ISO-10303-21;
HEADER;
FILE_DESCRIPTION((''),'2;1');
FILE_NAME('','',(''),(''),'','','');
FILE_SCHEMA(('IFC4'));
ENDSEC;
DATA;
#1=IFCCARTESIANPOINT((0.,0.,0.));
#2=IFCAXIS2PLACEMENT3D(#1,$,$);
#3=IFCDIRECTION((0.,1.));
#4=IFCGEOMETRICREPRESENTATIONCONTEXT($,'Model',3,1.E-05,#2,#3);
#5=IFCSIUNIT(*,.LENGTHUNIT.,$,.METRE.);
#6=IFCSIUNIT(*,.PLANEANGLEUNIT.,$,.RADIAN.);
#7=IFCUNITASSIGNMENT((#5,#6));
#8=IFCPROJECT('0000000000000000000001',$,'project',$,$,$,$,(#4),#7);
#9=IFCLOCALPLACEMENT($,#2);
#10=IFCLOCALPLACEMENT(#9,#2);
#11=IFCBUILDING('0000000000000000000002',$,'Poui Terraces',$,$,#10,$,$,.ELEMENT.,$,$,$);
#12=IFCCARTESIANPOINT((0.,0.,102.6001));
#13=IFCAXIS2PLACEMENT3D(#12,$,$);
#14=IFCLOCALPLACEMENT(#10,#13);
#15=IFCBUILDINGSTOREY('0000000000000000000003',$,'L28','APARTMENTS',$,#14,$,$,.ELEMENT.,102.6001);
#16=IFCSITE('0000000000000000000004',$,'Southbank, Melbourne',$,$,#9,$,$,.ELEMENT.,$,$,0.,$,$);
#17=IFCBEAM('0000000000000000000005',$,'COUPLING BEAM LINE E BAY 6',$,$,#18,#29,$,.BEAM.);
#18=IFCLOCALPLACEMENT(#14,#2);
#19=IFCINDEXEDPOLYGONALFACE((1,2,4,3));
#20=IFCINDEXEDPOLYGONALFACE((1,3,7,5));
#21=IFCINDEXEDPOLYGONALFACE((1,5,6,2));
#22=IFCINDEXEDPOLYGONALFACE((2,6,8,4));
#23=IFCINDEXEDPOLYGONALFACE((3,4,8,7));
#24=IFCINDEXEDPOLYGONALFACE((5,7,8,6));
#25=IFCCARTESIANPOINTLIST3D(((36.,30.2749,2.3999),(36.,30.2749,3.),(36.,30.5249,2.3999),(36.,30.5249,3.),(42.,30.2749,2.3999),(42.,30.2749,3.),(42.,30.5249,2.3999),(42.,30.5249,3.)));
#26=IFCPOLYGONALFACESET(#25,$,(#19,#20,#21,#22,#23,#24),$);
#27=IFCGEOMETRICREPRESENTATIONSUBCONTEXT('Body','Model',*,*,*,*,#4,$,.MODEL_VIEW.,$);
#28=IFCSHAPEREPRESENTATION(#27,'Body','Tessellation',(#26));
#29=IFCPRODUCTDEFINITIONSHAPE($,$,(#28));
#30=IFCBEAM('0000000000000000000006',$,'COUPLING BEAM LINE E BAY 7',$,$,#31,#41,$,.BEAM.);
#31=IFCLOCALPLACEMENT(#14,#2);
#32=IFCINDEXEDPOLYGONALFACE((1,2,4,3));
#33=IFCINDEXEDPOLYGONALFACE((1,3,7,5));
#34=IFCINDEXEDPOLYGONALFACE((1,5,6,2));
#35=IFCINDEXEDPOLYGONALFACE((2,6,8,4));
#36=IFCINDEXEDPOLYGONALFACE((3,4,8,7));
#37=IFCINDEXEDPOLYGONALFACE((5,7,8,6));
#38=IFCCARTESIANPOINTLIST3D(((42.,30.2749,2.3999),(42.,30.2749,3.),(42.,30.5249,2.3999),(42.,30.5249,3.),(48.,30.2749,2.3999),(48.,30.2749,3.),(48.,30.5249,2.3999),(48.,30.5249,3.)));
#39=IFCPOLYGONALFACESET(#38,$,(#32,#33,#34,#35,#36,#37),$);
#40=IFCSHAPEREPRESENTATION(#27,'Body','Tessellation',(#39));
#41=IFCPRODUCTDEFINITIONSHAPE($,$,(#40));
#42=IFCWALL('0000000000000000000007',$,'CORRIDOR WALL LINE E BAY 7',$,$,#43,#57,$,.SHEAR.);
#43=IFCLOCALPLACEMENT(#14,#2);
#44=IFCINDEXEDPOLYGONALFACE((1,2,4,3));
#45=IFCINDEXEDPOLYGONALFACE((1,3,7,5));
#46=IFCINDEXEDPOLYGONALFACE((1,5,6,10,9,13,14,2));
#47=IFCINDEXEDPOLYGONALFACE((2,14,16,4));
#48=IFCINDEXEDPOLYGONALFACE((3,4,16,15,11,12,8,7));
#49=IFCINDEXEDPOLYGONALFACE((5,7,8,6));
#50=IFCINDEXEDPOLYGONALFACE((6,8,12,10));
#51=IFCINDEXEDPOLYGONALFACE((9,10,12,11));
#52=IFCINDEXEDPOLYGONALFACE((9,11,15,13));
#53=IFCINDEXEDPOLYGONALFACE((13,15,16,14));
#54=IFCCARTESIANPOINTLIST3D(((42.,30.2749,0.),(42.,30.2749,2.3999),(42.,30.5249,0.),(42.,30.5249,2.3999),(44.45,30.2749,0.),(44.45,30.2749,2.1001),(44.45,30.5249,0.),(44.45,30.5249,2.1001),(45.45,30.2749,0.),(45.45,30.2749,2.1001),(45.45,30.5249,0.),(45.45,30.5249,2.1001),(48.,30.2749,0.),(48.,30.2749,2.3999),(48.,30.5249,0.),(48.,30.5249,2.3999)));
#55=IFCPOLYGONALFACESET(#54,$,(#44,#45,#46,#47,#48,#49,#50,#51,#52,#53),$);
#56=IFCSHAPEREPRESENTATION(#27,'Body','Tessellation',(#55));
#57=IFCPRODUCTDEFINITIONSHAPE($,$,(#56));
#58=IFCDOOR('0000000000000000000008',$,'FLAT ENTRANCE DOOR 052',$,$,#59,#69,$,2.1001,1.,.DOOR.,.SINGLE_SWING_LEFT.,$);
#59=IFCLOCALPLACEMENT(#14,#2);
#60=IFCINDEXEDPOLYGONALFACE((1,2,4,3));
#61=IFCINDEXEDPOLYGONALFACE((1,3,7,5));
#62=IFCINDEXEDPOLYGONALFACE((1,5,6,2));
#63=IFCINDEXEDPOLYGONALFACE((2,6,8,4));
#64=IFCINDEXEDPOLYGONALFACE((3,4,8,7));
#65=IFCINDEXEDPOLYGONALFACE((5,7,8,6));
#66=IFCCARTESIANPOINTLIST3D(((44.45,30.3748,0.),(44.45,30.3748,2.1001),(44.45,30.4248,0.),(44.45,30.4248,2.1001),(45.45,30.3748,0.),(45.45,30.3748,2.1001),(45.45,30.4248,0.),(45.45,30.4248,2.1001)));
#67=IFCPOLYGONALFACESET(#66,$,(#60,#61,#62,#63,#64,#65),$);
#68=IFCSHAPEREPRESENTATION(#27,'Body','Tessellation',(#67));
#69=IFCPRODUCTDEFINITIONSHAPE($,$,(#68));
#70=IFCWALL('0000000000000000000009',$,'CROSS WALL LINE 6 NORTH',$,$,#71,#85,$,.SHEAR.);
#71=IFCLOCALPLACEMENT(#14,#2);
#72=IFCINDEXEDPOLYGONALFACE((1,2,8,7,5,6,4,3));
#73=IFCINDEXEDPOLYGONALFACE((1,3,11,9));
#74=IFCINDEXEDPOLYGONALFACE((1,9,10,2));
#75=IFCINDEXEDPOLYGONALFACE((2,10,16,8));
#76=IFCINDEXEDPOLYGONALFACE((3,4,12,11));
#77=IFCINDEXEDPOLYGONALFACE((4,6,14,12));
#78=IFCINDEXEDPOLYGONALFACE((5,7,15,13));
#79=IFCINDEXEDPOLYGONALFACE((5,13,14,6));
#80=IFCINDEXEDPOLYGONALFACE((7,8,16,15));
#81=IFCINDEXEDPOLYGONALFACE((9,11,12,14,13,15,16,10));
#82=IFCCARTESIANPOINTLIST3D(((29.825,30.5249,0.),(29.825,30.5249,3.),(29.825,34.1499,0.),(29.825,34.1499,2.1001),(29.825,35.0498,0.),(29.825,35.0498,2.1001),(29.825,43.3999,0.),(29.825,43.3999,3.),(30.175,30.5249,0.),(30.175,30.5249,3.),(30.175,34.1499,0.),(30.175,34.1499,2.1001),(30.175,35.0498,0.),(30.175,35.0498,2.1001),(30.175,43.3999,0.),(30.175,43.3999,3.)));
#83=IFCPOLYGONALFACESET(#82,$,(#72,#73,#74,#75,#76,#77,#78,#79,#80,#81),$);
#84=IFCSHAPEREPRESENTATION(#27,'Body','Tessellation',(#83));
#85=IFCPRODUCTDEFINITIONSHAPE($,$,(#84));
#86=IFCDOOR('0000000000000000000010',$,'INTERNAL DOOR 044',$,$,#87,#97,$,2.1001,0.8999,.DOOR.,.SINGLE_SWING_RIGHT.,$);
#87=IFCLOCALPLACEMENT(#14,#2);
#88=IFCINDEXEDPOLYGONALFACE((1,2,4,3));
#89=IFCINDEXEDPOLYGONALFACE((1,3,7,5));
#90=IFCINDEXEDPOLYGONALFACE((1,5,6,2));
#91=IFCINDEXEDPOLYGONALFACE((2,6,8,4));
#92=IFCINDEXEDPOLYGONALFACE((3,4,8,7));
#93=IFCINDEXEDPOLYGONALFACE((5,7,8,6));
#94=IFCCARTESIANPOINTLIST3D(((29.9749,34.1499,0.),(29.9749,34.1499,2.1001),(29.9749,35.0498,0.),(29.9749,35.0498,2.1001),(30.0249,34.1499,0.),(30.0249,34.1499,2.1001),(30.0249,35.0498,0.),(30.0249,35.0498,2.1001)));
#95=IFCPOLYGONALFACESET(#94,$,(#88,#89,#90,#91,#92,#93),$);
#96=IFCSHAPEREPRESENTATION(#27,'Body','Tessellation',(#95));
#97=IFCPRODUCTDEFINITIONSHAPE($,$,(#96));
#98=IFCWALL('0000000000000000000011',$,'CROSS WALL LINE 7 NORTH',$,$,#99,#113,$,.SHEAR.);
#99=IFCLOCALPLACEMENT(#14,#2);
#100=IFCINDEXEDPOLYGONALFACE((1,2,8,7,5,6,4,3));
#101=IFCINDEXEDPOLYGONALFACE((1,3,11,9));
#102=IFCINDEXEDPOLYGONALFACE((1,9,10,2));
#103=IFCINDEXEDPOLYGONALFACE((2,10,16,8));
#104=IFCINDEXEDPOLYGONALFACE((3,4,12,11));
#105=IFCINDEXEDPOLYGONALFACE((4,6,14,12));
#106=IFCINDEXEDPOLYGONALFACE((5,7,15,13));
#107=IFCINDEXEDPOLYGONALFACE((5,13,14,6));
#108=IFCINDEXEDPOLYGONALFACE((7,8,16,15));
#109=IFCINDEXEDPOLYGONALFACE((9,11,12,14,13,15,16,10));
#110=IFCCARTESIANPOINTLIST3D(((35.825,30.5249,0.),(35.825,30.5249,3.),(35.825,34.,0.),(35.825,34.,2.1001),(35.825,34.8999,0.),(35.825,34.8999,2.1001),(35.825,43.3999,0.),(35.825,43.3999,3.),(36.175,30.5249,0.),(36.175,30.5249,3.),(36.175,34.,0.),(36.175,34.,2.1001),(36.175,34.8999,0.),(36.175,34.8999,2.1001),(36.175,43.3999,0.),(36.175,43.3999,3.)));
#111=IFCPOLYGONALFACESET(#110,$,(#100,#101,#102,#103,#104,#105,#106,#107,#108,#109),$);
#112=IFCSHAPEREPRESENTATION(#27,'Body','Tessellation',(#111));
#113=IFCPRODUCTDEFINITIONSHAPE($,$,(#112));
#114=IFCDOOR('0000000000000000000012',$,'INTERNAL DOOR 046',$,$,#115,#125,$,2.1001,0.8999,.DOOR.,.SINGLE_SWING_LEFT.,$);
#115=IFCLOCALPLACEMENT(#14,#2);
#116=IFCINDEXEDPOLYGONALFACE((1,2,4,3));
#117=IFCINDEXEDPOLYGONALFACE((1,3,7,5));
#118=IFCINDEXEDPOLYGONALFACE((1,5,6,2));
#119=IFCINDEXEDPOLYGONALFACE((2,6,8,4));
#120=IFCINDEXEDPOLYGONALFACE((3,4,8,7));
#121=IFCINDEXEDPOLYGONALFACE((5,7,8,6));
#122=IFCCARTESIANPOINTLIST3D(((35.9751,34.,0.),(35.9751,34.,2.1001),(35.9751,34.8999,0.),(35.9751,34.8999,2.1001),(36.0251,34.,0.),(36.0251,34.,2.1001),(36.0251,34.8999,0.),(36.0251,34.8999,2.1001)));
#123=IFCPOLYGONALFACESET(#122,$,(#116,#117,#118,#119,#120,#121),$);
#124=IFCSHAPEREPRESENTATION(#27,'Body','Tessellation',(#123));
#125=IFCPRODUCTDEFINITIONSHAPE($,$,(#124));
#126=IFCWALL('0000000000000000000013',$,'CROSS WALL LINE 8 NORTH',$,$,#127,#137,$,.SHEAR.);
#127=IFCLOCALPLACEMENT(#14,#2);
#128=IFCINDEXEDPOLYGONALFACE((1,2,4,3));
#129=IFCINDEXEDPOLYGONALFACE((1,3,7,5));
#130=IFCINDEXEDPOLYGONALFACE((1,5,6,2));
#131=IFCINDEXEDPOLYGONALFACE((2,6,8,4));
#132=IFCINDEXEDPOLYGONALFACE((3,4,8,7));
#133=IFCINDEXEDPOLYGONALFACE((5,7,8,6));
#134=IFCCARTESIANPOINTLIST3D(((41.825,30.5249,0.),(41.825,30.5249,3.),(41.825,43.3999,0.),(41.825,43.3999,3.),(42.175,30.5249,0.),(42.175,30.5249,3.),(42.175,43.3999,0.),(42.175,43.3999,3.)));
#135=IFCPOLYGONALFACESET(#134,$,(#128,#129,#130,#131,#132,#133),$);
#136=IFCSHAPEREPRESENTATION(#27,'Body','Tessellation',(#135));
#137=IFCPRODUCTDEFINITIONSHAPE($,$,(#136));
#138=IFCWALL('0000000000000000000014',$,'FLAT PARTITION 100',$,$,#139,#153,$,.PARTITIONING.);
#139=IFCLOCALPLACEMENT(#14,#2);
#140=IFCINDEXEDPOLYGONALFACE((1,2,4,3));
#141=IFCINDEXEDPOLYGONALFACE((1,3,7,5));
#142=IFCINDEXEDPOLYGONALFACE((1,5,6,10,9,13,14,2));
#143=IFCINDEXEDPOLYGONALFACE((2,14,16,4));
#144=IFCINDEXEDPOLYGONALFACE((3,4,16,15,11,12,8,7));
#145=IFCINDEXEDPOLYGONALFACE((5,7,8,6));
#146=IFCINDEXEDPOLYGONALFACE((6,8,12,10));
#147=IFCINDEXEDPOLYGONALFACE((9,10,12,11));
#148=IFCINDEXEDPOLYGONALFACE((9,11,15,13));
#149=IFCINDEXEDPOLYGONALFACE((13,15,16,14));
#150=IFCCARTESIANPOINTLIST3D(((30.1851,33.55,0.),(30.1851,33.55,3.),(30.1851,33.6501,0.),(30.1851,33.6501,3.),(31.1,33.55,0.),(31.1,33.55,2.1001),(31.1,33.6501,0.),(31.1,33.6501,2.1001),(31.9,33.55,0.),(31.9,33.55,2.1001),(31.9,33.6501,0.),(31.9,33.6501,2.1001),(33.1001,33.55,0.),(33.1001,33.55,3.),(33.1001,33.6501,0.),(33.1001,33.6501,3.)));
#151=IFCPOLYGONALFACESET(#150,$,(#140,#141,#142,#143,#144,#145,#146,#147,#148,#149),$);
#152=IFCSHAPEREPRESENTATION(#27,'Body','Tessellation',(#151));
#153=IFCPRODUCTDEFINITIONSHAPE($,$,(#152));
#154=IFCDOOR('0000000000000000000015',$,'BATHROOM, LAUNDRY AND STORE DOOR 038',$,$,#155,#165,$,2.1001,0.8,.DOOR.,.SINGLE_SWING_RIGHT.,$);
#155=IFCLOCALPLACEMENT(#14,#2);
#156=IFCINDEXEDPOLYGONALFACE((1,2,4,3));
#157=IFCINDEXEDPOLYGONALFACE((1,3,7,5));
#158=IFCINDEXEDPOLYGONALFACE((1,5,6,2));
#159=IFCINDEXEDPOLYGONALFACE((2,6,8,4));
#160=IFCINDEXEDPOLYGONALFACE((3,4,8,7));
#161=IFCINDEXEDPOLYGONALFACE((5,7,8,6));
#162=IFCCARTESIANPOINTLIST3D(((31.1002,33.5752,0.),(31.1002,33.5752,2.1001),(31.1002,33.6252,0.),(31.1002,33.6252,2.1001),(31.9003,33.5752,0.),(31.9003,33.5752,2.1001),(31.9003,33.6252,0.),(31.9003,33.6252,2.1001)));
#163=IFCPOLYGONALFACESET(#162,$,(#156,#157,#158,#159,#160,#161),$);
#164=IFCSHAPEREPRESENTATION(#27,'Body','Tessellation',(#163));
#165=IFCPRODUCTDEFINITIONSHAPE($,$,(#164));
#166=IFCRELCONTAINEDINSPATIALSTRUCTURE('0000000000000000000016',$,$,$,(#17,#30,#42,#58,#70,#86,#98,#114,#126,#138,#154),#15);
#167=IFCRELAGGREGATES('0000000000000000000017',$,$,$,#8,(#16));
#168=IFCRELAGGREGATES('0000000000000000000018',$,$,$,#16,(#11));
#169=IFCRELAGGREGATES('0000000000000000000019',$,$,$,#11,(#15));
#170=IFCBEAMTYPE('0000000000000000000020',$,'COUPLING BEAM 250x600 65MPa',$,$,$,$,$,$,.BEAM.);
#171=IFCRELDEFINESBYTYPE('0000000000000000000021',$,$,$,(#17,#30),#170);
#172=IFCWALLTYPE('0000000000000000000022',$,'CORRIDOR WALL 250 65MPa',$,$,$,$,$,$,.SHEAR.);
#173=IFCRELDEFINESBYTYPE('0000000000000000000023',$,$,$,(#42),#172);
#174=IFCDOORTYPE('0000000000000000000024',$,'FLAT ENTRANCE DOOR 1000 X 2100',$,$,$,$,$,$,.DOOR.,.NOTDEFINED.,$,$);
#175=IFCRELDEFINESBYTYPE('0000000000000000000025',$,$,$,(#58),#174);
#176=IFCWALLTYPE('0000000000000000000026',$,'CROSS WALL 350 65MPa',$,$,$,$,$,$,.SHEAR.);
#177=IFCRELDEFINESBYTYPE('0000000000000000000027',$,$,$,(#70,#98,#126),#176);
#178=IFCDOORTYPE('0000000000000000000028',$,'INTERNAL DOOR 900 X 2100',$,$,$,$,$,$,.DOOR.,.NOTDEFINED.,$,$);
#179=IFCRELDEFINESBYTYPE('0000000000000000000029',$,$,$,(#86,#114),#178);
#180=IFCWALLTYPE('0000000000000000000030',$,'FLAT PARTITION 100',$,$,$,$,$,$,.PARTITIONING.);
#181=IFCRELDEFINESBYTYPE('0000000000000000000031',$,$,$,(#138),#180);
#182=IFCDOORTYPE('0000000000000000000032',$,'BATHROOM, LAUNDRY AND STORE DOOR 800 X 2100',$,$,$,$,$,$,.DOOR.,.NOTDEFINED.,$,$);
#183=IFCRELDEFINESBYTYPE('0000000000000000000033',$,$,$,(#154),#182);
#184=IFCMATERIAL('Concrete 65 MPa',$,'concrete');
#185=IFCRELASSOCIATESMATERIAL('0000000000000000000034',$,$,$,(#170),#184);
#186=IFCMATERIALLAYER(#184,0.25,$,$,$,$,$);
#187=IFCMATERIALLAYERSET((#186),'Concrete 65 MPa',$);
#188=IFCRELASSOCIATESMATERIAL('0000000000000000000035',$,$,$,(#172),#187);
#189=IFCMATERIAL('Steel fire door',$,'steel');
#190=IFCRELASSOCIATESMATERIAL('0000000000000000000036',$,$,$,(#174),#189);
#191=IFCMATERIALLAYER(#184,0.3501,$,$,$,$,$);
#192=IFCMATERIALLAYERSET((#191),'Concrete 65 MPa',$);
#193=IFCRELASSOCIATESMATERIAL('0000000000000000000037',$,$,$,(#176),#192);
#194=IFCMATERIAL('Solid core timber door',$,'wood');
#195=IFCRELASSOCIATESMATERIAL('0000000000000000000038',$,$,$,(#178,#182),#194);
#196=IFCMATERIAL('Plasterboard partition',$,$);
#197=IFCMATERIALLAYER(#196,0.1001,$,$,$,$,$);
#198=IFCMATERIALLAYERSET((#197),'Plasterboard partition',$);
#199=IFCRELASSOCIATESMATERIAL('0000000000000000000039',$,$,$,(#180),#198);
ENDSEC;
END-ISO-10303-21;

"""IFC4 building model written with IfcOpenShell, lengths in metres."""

from ifc_helpers import new_model, si_unit, direction, frame, frame_2d, origin, origin_2d, place, context, subcontext, project, spatial, rectangle, extrude, source, transform, mapped, material, layer, layer_set, material_profile, profile_set, type_object, element, fill, save


model = new_model("IFC4")

# Units and contexts
model_context = context("Model", 3, precision=1e-05, world=origin(), true_north=direction((0.0, 1.0)))
body_context = subcontext(model_context, "Body", "Model", "MODEL_VIEW")
ifc_project = project(units=[si_unit("LENGTHUNIT", "METRE"), si_unit("PLANEANGLEUNIT", "RADIAN")], contexts=[model_context])

# Site, building, storey
site_placement = place(None, origin())
site = spatial("IfcSite", under=ifc_project, at=site_placement, Name="Southbank, Melbourne", CompositionType="ELEMENT", RefElevation=0.0)
building_placement = place(site_placement, origin())
building = spatial("IfcBuilding", under=site, at=building_placement, Name="Poui Terraces", CompositionType="ELEMENT")
storey_placement = place(building_placement, frame((0.0, 0.0, 102.6001)))
storey = spatial("IfcBuildingStorey", under=building, at=storey_placement, Name="L28", Description="APARTMENTS", CompositionType="ELEMENT", Elevation=102.6001)

# Beams
ifc_material_1 = material(Name="Concrete 65 MPa", Category="concrete")
ifc_material_profile = material_profile(ifc_material_1, rectangle(XDim=0.25, YDim=0.6001, at=origin_2d()), Name="RC 250x600")
ifc_profile_set = profile_set([ifc_material_profile], Name="Concrete 65 MPa")
beam_type = type_object("IfcBeamType", Name="COUPLING BEAM 250x600 65MPa", PredefinedType="BEAM", material=ifc_profile_set)
shared_shape = source(origin(), body_context, "Body", "SweptSolid", [
    extrude(rectangle(XDim=0.25, YDim=0.6001, at=origin_2d()), origin(), (0.0, 0.0, 1.0), 6.0),
])
for number, where, z_axis, x_axis, name in (
    (1, (36.0, 30.3999, 2.7), (1.0, 0.0, 0.0), (0.0, 1.0, 0.0), "COUPLING BEAM LINE E BAY 6"),
    (2, (42.0, 30.3999, 2.7), (1.0, 0.0, 0.0), (0.0, 1.0, 0.0), "COUPLING BEAM LINE E BAY 7"),
):
    element("IfcBeam", number, at=place(storey_placement, frame(where, z_axis=z_axis, x_axis=x_axis)), inside=storey, type_object=beam_type, Name=name, PredefinedType="BEAM", context=body_context, shape_type="MappedRepresentation", body=[
        mapped(shared_shape, transform((0.0, 0.0, 0.0))),
    ])

# Walls, openings, doors
ifc_layer_1 = layer(ifc_material_1, 0.25)
ifc_layer_set_1 = layer_set([ifc_layer_1], Name="Concrete 65 MPa")
wall_type_1 = type_object("IfcWallType", Name="CORRIDOR WALL 250 65MPa", PredefinedType="SHEAR", material=ifc_layer_set_1)
wall_1_placement = place(storey_placement, frame((42.0, 30.3999, 0.0), z_axis=(0.0, 0.0, 1.0), x_axis=(1.0, 0.0, 0.0)))
wall_1 = element("IfcWall", 3, at=wall_1_placement, inside=storey, type_object=wall_type_1, Name="CORRIDOR WALL LINE E BAY 7", PredefinedType="SHEAR", context=body_context, shape_type="SweptSolid", body=[
    extrude(rectangle(XDim=6.0, YDim=0.25, at=frame_2d((3.0, 0.0))), origin(), (0.0, 0.0, 1.0), 2.3999),
])
opening_1_placement = place(wall_1_placement, frame((2.45, 0.0, 0.0)))
opening_1 = element("IfcOpeningElement", 4, at=opening_1_placement, cuts=wall_1, PredefinedType="OPENING", context=body_context, shape_type="SweptSolid", body=[
    extrude(rectangle(XDim=1.0, YDim=2.1001, at=frame_2d((0.5, 1.05))), frame((0.0, 0.135, 0.0), z_axis=(0.0, -1.0, 0.0), x_axis=(1.0, 0.0, 0.0)), (0.0, 0.0, 1.0), 0.27),
])
ifc_material_2 = material(Name="Steel fire door", Category="steel")
door_type_1 = type_object("IfcDoorType", Name="FLAT ENTRANCE DOOR 1000 X 2100", OperationType="NOTDEFINED", PredefinedType="DOOR", material=ifc_material_2)
door_1_placement = place(opening_1_placement, origin())
door_1 = element("IfcDoor", 5, at=door_1_placement, inside=storey, type_object=door_type_1, Name="FLAT ENTRANCE DOOR 052", OperationType="SINGLE_SWING_LEFT", OverallHeight=2.1001, OverallWidth=1.0, PredefinedType="DOOR", context=body_context, shape_type="SweptSolid", body=[
    extrude(rectangle(XDim=1.0, YDim=2.1001, at=frame_2d((0.5, 1.05))), frame((0.0, 0.0249, 0.0), z_axis=(0.0, -1.0, 0.0), x_axis=(1.0, 0.0, 0.0)), (0.0, 0.0, 1.0), 0.05),
])
fill(opening_1, door_1)
ifc_layer_2 = layer(ifc_material_1, 0.3501)
ifc_layer_set_2 = layer_set([ifc_layer_2], Name="Concrete 65 MPa")
wall_type_2 = type_object("IfcWallType", Name="CROSS WALL 350 65MPa", PredefinedType="SHEAR", material=ifc_layer_set_2)
wall_2_placement = place(storey_placement, frame((30.0, 30.5249, 0.0), z_axis=(0.0, 0.0, 1.0), x_axis=(0.0, 1.0, 0.0)))
wall_2 = element("IfcWall", 6, at=wall_2_placement, inside=storey, type_object=wall_type_2, Name="CROSS WALL LINE 6 NORTH", PredefinedType="SHEAR", context=body_context, shape_type="SweptSolid", body=[
    extrude(rectangle(XDim=12.875, YDim=0.3501, at=frame_2d((6.4375, 0.0))), origin(), (0.0, 0.0, 1.0), 3.0),
])
opening_2_placement = place(wall_2_placement, frame((3.625, 0.0, 0.0)))
opening_2 = element("IfcOpeningElement", 7, at=opening_2_placement, cuts=wall_2, PredefinedType="OPENING", context=body_context, shape_type="SweptSolid", body=[
    extrude(rectangle(XDim=0.8999, YDim=2.1001, at=frame_2d((0.45, 1.05))), frame((0.0, 0.1851, 0.0), z_axis=(0.0, -1.0, 0.0), x_axis=(1.0, 0.0, 0.0)), (0.0, 0.0, 1.0), 0.3701),
])
ifc_material_3 = material(Name="Solid core timber door", Category="wood")
door_type_2 = type_object("IfcDoorType", Name="INTERNAL DOOR 900 X 2100", OperationType="NOTDEFINED", PredefinedType="DOOR", material=ifc_material_3)
door_2_placement = place(opening_2_placement, frame((0.8999, 0.0, 0.0), z_axis=(0.0, 0.0, 1.0), x_axis=(-1.0, 0.0, 0.0)))
door_2 = element("IfcDoor", 8, at=door_2_placement, inside=storey, type_object=door_type_2, Name="INTERNAL DOOR 044", OperationType="SINGLE_SWING_RIGHT", OverallHeight=2.1001, OverallWidth=0.8999, PredefinedType="DOOR", context=body_context, shape_type="SweptSolid", body=[
    extrude(rectangle(XDim=0.8999, YDim=2.1001, at=frame_2d((0.45, 1.05))), frame((0.0, 0.0249, 0.0), z_axis=(0.0, -1.0, 0.0), x_axis=(1.0, 0.0, 0.0)), (0.0, 0.0, 1.0), 0.05),
])
fill(opening_2, door_2)
wall_3_placement = place(storey_placement, frame((36.0, 30.5249, 0.0), z_axis=(0.0, 0.0, 1.0), x_axis=(0.0, 1.0, 0.0)))
wall_3 = element("IfcWall", 9, at=wall_3_placement, inside=storey, type_object=wall_type_2, Name="CROSS WALL LINE 7 NORTH", PredefinedType="SHEAR", context=body_context, shape_type="SweptSolid", body=[
    extrude(rectangle(XDim=12.875, YDim=0.3501, at=frame_2d((6.4375, 0.0))), origin(), (0.0, 0.0, 1.0), 3.0),
])
opening_3_placement = place(wall_3_placement, frame((3.4751, 0.0, 0.0)))
opening_3 = element("IfcOpeningElement", 10, at=opening_3_placement, cuts=wall_3, PredefinedType="OPENING", context=body_context, shape_type="SweptSolid", body=[
    extrude(rectangle(XDim=0.8999, YDim=2.1001, at=frame_2d((0.45, 1.05))), frame((0.0, 0.1851, 0.0), z_axis=(0.0, -1.0, 0.0), x_axis=(1.0, 0.0, 0.0)), (0.0, 0.0, 1.0), 0.3701),
])
door_3_placement = place(opening_3_placement, origin())
door_3 = element("IfcDoor", 11, at=door_3_placement, inside=storey, type_object=door_type_2, Name="INTERNAL DOOR 046", OperationType="SINGLE_SWING_LEFT", OverallHeight=2.1001, OverallWidth=0.8999, PredefinedType="DOOR", context=body_context, shape_type="SweptSolid", body=[
    extrude(rectangle(XDim=0.8999, YDim=2.1001, at=frame_2d((0.45, 1.05))), frame((0.0, 0.0249, 0.0), z_axis=(0.0, -1.0, 0.0), x_axis=(1.0, 0.0, 0.0)), (0.0, 0.0, 1.0), 0.05),
])
fill(opening_3, door_3)

# Wall
wall_4_placement = place(storey_placement, frame((42.0, 30.5249, 0.0), z_axis=(0.0, 0.0, 1.0), x_axis=(0.0, 1.0, 0.0)))
element("IfcWall", 12, at=wall_4_placement, inside=storey, type_object=wall_type_2, Name="CROSS WALL LINE 8 NORTH", PredefinedType="SHEAR", context=body_context, shape_type="SweptSolid", body=[
    extrude(rectangle(XDim=12.875, YDim=0.3501, at=frame_2d((6.4375, 0.0))), origin(), (0.0, 0.0, 1.0), 3.0),
])

# Wall, opening, door
ifc_material_4 = material(Name="Plasterboard partition")
ifc_layer_3 = layer(ifc_material_4, 0.1001)
ifc_layer_set_3 = layer_set([ifc_layer_3], Name="Plasterboard partition")
wall_type_3 = type_object("IfcWallType", Name="FLAT PARTITION 100", PredefinedType="PARTITIONING", material=ifc_layer_set_3)
wall_5_placement = place(storey_placement, frame((30.1851, 33.6001, 0.0), z_axis=(0.0, 0.0, 1.0), x_axis=(1.0, 0.0, 0.0)))
wall_5 = element("IfcWall", 13, at=wall_5_placement, inside=storey, type_object=wall_type_3, Name="FLAT PARTITION 100", PredefinedType="PARTITIONING", context=body_context, shape_type="SweptSolid", body=[
    extrude(rectangle(XDim=2.915, YDim=0.1001, at=frame_2d((1.4575, 0.0))), origin(), (0.0, 0.0, 1.0), 3.0),
])
opening_4_placement = place(wall_5_placement, frame((0.915, 0.0, 0.0)))
opening_4 = element("IfcOpeningElement", 14, at=opening_4_placement, cuts=wall_5, PredefinedType="OPENING", context=body_context, shape_type="SweptSolid", body=[
    extrude(rectangle(XDim=0.8, YDim=2.1001, at=frame_2d((0.3999, 1.05))), frame((0.0, 0.0601, 0.0), z_axis=(0.0, -1.0, 0.0), x_axis=(1.0, 0.0, 0.0)), (0.0, 0.0, 1.0), 0.1201),
])
door_type_3 = type_object("IfcDoorType", Name="BATHROOM, LAUNDRY AND STORE DOOR 800 X 2100", OperationType="NOTDEFINED", PredefinedType="DOOR", material=ifc_material_3)
door_4_placement = place(opening_4_placement, frame((0.8, 0.0, 0.0), z_axis=(0.0, 0.0, 1.0), x_axis=(-1.0, 0.0, 0.0)))
door_4 = element("IfcDoor", 15, at=door_4_placement, inside=storey, type_object=door_type_3, Name="BATHROOM, LAUNDRY AND STORE DOOR 038", OperationType="SINGLE_SWING_RIGHT", OverallHeight=2.1001, OverallWidth=0.8, PredefinedType="DOOR", context=body_context, shape_type="SweptSolid", body=[
    extrude(rectangle(XDim=0.8, YDim=2.1001, at=frame_2d((0.3999, 1.05))), frame((0.0, 0.0249, 0.0), z_axis=(0.0, -1.0, 0.0), x_axis=(1.0, 0.0, 0.0)), (0.0, 0.0, 1.0), 0.05),
])
fill(opening_4, door_4)

save(model, "model.ifc")
